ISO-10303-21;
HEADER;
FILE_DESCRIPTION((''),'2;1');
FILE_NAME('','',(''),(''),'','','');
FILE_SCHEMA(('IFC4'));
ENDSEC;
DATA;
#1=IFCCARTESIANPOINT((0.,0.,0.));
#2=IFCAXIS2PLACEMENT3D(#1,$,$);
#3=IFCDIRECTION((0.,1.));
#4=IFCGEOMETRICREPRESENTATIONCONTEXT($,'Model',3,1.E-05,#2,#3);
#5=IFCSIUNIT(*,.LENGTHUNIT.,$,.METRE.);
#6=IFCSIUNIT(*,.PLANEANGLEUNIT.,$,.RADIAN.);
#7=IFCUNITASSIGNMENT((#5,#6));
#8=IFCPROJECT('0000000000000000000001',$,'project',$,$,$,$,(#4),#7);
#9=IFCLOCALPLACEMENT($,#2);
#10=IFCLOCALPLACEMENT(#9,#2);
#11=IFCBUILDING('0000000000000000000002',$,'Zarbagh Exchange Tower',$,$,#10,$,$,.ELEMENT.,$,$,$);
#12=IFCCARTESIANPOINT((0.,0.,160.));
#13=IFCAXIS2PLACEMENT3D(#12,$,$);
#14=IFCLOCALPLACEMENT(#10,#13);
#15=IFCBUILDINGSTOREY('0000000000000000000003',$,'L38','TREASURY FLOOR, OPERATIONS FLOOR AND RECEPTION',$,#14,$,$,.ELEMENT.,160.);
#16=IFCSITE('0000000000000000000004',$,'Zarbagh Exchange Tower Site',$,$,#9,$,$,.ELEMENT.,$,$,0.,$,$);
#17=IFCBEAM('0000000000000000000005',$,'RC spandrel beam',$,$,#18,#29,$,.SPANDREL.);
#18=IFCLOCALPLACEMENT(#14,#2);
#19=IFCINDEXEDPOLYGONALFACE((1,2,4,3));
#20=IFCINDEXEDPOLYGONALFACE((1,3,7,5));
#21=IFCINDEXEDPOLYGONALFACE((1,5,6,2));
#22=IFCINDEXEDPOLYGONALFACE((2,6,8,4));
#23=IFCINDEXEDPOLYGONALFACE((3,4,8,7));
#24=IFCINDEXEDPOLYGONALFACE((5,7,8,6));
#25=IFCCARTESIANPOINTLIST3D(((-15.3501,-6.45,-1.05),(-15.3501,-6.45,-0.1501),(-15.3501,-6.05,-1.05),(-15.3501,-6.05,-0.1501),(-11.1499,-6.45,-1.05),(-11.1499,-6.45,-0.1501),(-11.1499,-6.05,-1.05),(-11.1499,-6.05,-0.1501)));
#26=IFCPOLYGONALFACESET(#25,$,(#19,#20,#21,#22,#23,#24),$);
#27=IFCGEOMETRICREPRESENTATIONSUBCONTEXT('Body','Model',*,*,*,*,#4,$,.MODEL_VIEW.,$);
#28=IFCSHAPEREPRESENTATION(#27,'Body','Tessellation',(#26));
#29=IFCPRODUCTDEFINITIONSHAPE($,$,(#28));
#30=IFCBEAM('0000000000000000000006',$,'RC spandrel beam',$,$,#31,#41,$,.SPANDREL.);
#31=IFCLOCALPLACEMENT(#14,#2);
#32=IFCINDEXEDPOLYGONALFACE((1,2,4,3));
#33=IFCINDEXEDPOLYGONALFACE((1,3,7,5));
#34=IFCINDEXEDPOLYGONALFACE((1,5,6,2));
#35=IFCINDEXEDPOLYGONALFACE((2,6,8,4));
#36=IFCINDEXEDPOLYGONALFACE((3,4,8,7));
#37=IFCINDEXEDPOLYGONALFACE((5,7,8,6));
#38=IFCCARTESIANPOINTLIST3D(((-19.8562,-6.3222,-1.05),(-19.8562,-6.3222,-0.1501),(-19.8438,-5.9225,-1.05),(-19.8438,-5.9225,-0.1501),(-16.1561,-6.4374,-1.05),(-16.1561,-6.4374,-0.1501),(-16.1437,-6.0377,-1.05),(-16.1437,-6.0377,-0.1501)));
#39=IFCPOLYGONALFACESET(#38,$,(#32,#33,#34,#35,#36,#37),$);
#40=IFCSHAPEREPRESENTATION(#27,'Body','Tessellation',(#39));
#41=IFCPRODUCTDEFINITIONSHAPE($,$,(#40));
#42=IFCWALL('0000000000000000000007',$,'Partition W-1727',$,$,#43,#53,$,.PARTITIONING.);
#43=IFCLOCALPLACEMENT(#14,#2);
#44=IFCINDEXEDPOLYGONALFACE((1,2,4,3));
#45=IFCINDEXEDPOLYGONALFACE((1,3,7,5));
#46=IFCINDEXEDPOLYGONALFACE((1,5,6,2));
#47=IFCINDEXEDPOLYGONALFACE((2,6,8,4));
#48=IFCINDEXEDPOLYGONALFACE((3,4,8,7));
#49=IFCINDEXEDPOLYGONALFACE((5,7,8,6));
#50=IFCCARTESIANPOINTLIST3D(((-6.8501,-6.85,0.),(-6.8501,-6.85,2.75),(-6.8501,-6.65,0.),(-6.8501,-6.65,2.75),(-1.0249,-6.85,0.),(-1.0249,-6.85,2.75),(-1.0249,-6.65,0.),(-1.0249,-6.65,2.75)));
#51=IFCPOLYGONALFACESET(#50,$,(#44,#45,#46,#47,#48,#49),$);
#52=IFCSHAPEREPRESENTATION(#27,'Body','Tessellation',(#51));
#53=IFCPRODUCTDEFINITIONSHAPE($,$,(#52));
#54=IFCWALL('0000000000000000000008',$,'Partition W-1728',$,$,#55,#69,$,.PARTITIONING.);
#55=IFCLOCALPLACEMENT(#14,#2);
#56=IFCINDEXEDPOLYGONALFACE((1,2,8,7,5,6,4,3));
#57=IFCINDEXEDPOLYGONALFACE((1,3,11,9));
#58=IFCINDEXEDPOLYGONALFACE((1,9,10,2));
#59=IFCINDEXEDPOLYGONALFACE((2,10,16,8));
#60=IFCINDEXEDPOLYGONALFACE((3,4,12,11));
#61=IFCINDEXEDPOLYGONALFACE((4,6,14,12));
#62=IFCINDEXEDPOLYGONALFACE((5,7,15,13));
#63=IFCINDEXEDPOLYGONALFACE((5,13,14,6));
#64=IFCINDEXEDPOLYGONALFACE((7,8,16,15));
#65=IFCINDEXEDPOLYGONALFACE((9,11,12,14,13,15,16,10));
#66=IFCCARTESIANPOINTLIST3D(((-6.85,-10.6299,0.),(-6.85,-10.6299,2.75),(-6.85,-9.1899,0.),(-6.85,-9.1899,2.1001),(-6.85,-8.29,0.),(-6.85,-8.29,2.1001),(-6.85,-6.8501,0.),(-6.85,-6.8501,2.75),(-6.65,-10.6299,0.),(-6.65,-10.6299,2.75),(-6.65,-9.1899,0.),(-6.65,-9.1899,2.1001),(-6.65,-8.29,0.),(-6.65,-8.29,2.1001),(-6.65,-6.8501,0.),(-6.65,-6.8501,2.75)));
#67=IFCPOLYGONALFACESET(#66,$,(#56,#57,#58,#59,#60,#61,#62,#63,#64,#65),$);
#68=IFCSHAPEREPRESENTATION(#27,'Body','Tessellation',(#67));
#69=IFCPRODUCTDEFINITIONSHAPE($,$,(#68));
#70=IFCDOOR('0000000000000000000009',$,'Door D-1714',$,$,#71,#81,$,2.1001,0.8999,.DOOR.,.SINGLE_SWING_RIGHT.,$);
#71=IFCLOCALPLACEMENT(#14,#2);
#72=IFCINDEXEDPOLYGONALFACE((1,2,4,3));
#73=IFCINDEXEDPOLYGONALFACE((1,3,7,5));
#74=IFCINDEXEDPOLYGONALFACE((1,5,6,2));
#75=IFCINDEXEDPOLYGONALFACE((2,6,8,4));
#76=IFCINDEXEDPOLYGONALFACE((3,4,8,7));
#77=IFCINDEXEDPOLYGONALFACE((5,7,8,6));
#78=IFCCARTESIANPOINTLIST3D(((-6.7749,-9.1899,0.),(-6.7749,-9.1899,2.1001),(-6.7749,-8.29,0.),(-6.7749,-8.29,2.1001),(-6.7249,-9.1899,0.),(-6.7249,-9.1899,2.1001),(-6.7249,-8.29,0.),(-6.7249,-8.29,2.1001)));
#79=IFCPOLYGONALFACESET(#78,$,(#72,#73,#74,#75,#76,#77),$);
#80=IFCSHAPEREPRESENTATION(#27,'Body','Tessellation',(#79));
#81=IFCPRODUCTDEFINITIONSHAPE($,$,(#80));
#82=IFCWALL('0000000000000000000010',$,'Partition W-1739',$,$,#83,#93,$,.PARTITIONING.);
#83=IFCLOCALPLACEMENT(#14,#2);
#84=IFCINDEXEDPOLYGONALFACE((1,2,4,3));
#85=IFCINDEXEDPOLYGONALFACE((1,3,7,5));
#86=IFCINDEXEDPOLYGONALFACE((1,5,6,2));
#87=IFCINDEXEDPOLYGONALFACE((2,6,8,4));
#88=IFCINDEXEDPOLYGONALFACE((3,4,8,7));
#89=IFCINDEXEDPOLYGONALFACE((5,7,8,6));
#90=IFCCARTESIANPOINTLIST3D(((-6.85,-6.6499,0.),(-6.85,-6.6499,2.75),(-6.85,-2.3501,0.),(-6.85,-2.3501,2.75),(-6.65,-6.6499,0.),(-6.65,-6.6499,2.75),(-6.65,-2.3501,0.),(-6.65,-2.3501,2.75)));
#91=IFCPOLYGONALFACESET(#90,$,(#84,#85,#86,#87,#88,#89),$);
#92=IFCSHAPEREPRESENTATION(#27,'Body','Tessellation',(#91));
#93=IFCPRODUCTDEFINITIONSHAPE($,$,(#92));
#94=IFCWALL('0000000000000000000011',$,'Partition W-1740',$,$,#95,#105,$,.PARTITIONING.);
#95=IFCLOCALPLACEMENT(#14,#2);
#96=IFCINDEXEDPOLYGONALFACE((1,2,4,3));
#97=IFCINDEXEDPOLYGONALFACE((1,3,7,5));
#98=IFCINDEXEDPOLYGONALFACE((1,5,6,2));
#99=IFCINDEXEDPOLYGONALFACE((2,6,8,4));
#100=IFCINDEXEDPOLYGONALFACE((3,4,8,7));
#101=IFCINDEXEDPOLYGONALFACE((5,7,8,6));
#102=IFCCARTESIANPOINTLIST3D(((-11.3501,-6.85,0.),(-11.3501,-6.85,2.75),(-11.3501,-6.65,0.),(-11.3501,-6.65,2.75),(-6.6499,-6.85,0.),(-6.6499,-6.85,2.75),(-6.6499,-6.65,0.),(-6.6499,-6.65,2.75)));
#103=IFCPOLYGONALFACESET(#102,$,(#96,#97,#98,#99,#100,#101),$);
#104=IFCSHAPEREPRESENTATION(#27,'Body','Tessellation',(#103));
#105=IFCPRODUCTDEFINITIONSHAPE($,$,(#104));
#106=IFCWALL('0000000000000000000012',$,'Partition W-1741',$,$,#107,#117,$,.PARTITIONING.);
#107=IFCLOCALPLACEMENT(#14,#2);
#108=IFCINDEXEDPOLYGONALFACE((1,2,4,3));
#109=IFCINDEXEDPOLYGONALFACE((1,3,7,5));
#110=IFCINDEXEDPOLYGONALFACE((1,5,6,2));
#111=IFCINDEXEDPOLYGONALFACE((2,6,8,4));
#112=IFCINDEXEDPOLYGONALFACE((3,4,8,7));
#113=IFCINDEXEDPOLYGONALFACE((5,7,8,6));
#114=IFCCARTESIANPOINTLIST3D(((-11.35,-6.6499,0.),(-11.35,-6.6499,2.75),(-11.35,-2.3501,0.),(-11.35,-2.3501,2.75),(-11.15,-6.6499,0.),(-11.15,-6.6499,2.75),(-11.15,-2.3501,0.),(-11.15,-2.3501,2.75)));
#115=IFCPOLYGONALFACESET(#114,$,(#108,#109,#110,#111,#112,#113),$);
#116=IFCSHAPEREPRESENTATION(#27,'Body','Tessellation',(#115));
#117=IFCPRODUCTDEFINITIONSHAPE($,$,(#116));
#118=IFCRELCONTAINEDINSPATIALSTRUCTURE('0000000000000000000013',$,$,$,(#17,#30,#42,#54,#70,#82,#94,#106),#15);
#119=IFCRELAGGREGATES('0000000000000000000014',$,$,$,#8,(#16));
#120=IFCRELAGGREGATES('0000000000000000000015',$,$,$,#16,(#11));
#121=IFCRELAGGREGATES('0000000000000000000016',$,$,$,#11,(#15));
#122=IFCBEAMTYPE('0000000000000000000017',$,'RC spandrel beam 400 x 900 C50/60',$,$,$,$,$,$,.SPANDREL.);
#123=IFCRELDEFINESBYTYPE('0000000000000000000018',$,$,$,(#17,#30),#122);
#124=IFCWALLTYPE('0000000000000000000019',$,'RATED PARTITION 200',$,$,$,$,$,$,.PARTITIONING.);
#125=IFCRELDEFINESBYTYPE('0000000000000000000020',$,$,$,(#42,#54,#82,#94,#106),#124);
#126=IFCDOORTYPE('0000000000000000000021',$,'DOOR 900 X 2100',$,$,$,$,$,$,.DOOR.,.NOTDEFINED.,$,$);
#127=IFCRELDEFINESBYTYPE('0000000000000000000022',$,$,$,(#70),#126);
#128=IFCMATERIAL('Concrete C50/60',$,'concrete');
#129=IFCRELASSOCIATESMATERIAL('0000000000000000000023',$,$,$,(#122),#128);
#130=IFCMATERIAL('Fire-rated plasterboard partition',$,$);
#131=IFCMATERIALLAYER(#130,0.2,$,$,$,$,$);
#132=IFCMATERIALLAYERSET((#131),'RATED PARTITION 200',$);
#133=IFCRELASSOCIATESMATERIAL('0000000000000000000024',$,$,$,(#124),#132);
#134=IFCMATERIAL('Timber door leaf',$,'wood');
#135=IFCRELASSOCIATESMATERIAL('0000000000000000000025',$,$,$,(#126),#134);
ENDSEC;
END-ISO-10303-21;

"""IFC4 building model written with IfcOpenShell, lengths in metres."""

from ifc_helpers import new_model, si_unit, direction, frame, frame_2d, origin, origin_2d, place, context, subcontext, project, spatial, rectangle, extrude, material, layer, layer_set, material_profile, profile_set, type_object, element, fill, save


model = new_model("IFC4")

# Units and contexts
model_context = context("Model", 3, precision=1e-05, world=origin(), true_north=direction((0.0, 1.0)))
body_context = subcontext(model_context, "Body", "Model", "MODEL_VIEW")
ifc_project = project(units=[si_unit("LENGTHUNIT", "METRE"), si_unit("PLANEANGLEUNIT", "RADIAN")], contexts=[model_context])

# Site, building, storey
site_placement = place(None, origin())
site = spatial("IfcSite", under=ifc_project, at=site_placement, Name="Zarbagh Exchange Tower Site", CompositionType="ELEMENT", RefElevation=0.0)
building_placement = place(site_placement, origin())
building = spatial("IfcBuilding", under=site, at=building_placement, Name="Zarbagh Exchange Tower", CompositionType="ELEMENT")
storey_placement = place(building_placement, frame((0.0, 0.0, 160.0)))
storey = spatial("IfcBuildingStorey", under=building, at=storey_placement, Name="L38", Description="TREASURY FLOOR, OPERATIONS FLOOR AND RECEPTION", CompositionType="ELEMENT", Elevation=160.0)

# Shared definitions
ifc_material_1 = material(Name="Concrete C50/60", Category="concrete")

# Beams
ifc_material_profile_1 = material_profile(ifc_material_1, rectangle(XDim=0.3999, YDim=0.8999, at=origin_2d()), Name="RC spandrel beam 400 x 900 C50/60")
ifc_profile_set_1 = profile_set([ifc_material_profile_1], Name="Concrete C50/60")
beam_type_1 = type_object("IfcBeamType", Name="RC spandrel beam 400 x 900 C50/60", PredefinedType="SPANDREL", material=ifc_profile_set_1)
beam_1_placement = place(storey_placement, frame((-11.1499, -6.25, -0.6001), z_axis=(-1.0, 0.0, 0.0), x_axis=(0.0, -1.0, 0.0)))
element("IfcBeam", 1, at=beam_1_placement, inside=storey, type_object=beam_type_1, Name="RC spandrel beam", PredefinedType="SPANDREL", context=body_context, shape_type="SweptSolid", body=[
    extrude(rectangle(XDim=0.3999, YDim=0.8999, at=origin_2d()), origin(), (0.0, 0.0, 1.0), 4.2002),
])
beam_2_placement = place(storey_placement, frame((-16.1499, -6.2375, -0.6001), z_axis=(-0.999515, 0.031128, 0.0), x_axis=(-0.031128, -0.999515, 0.0)))
element("IfcBeam", 2, at=beam_2_placement, inside=storey, type_object=beam_type_1, Name="RC spandrel beam", PredefinedType="SPANDREL", context=body_context, shape_type="SweptSolid", body=[
    extrude(rectangle(XDim=0.3999, YDim=0.8999, at=origin_2d()), origin(), (0.0, 0.0, 1.0), 3.7019),
])

# Wall
ifc_material_2 = material(Name="Fire-rated plasterboard partition")
ifc_layer = layer(ifc_material_2, 0.2)
ifc_layer_set = layer_set([ifc_layer], Name="RATED PARTITION 200")
wall_type = type_object("IfcWallType", Name="RATED PARTITION 200", PredefinedType="PARTITIONING", material=ifc_layer_set)
wall_1_placement = place(storey_placement, frame((-6.8501, -6.75, 0.0), z_axis=(0.0, 0.0, 1.0), x_axis=(1.0, 0.0, 0.0)))
element("IfcWall", 3, at=wall_1_placement, inside=storey, type_object=wall_type, Name="Partition W-1727", PredefinedType="PARTITIONING", context=body_context, shape_type="SweptSolid", body=[
    extrude(rectangle(XDim=5.8252, YDim=0.2, at=frame_2d((2.9126, 0.0))), origin(), (0.0, 0.0, 1.0), 2.75),
])

# Wall, opening, door
wall_2_placement = place(storey_placement, frame((-6.75, -10.6299, 0.0), z_axis=(0.0, 0.0, 1.0), x_axis=(0.0, 1.0, 0.0)))
wall_2 = element("IfcWall", 4, at=wall_2_placement, inside=storey, type_object=wall_type, Name="Partition W-1728", PredefinedType="PARTITIONING", context=body_context, shape_type="SweptSolid", body=[
    extrude(rectangle(XDim=3.7798, YDim=0.2, at=frame_2d((1.8899, 0.0))), origin(), (0.0, 0.0, 1.0), 2.75),
])
opening_placement = place(wall_2_placement, frame((1.4399, 0.0, 0.0)))
opening = element("IfcOpeningElement", 5, at=opening_placement, cuts=wall_2, PredefinedType="OPENING", context=body_context, shape_type="SweptSolid", body=[
    extrude(rectangle(XDim=0.8999, YDim=2.1001, at=frame_2d((0.45, 1.05))), frame((0.0, 0.1099, 0.0), z_axis=(0.0, -1.0, 0.0), x_axis=(1.0, 0.0, 0.0)), (0.0, 0.0, 1.0), 0.22),
])
ifc_material_3 = material(Name="Timber door leaf", Category="wood")
door_type = type_object("IfcDoorType", Name="DOOR 900 X 2100", OperationType="NOTDEFINED", PredefinedType="DOOR", material=ifc_material_3)
door_placement = place(opening_placement, origin())
door = element("IfcDoor", 6, at=door_placement, inside=storey, type_object=door_type, Name="Door D-1714", OperationType="SINGLE_SWING_RIGHT", OverallHeight=2.1001, OverallWidth=0.8999, PredefinedType="DOOR", context=body_context, shape_type="SweptSolid", body=[
    extrude(rectangle(XDim=0.8999, YDim=2.1001, at=frame_2d((0.45, 1.05))), frame((0.0, 0.0249, 0.0), z_axis=(0.0, -1.0, 0.0), x_axis=(1.0, 0.0, 0.0)), (0.0, 0.0, 1.0), 0.05),
])
fill(opening, door)

# Walls
wall_3_placement = place(storey_placement, frame((-6.75, -6.6499, 0.0), z_axis=(0.0, 0.0, 1.0), x_axis=(0.0, 1.0, 0.0)))
element("IfcWall", 7, at=wall_3_placement, inside=storey, type_object=wall_type, Name="Partition W-1739", PredefinedType="PARTITIONING", context=body_context, shape_type="SweptSolid", body=[
    extrude(rectangle(XDim=4.2998, YDim=0.2, at=frame_2d((2.1499, 0.0))), origin(), (0.0, 0.0, 1.0), 2.75),
])
wall_4_placement = place(storey_placement, frame((-11.3501, -6.75, 0.0), z_axis=(0.0, 0.0, 1.0), x_axis=(1.0, 0.0, 0.0)))
element("IfcWall", 8, at=wall_4_placement, inside=storey, type_object=wall_type, Name="Partition W-1740", PredefinedType="PARTITIONING", context=body_context, shape_type="SweptSolid", body=[
    extrude(rectangle(XDim=4.7002, YDim=0.2, at=frame_2d((2.3501, 0.0))), origin(), (0.0, 0.0, 1.0), 2.75),
])
wall_5_placement = place(storey_placement, frame((-11.25, -6.6499, 0.0), z_axis=(0.0, 0.0, 1.0), x_axis=(0.0, 1.0, 0.0)))
element("IfcWall", 9, at=wall_5_placement, inside=storey, type_object=wall_type, Name="Partition W-1741", PredefinedType="PARTITIONING", context=body_context, shape_type="SweptSolid", body=[
    extrude(rectangle(XDim=4.2998, YDim=0.2, at=frame_2d((2.1499, 0.0))), origin(), (0.0, 0.0, 1.0), 2.75),
])

save(model, "model.ifc")
